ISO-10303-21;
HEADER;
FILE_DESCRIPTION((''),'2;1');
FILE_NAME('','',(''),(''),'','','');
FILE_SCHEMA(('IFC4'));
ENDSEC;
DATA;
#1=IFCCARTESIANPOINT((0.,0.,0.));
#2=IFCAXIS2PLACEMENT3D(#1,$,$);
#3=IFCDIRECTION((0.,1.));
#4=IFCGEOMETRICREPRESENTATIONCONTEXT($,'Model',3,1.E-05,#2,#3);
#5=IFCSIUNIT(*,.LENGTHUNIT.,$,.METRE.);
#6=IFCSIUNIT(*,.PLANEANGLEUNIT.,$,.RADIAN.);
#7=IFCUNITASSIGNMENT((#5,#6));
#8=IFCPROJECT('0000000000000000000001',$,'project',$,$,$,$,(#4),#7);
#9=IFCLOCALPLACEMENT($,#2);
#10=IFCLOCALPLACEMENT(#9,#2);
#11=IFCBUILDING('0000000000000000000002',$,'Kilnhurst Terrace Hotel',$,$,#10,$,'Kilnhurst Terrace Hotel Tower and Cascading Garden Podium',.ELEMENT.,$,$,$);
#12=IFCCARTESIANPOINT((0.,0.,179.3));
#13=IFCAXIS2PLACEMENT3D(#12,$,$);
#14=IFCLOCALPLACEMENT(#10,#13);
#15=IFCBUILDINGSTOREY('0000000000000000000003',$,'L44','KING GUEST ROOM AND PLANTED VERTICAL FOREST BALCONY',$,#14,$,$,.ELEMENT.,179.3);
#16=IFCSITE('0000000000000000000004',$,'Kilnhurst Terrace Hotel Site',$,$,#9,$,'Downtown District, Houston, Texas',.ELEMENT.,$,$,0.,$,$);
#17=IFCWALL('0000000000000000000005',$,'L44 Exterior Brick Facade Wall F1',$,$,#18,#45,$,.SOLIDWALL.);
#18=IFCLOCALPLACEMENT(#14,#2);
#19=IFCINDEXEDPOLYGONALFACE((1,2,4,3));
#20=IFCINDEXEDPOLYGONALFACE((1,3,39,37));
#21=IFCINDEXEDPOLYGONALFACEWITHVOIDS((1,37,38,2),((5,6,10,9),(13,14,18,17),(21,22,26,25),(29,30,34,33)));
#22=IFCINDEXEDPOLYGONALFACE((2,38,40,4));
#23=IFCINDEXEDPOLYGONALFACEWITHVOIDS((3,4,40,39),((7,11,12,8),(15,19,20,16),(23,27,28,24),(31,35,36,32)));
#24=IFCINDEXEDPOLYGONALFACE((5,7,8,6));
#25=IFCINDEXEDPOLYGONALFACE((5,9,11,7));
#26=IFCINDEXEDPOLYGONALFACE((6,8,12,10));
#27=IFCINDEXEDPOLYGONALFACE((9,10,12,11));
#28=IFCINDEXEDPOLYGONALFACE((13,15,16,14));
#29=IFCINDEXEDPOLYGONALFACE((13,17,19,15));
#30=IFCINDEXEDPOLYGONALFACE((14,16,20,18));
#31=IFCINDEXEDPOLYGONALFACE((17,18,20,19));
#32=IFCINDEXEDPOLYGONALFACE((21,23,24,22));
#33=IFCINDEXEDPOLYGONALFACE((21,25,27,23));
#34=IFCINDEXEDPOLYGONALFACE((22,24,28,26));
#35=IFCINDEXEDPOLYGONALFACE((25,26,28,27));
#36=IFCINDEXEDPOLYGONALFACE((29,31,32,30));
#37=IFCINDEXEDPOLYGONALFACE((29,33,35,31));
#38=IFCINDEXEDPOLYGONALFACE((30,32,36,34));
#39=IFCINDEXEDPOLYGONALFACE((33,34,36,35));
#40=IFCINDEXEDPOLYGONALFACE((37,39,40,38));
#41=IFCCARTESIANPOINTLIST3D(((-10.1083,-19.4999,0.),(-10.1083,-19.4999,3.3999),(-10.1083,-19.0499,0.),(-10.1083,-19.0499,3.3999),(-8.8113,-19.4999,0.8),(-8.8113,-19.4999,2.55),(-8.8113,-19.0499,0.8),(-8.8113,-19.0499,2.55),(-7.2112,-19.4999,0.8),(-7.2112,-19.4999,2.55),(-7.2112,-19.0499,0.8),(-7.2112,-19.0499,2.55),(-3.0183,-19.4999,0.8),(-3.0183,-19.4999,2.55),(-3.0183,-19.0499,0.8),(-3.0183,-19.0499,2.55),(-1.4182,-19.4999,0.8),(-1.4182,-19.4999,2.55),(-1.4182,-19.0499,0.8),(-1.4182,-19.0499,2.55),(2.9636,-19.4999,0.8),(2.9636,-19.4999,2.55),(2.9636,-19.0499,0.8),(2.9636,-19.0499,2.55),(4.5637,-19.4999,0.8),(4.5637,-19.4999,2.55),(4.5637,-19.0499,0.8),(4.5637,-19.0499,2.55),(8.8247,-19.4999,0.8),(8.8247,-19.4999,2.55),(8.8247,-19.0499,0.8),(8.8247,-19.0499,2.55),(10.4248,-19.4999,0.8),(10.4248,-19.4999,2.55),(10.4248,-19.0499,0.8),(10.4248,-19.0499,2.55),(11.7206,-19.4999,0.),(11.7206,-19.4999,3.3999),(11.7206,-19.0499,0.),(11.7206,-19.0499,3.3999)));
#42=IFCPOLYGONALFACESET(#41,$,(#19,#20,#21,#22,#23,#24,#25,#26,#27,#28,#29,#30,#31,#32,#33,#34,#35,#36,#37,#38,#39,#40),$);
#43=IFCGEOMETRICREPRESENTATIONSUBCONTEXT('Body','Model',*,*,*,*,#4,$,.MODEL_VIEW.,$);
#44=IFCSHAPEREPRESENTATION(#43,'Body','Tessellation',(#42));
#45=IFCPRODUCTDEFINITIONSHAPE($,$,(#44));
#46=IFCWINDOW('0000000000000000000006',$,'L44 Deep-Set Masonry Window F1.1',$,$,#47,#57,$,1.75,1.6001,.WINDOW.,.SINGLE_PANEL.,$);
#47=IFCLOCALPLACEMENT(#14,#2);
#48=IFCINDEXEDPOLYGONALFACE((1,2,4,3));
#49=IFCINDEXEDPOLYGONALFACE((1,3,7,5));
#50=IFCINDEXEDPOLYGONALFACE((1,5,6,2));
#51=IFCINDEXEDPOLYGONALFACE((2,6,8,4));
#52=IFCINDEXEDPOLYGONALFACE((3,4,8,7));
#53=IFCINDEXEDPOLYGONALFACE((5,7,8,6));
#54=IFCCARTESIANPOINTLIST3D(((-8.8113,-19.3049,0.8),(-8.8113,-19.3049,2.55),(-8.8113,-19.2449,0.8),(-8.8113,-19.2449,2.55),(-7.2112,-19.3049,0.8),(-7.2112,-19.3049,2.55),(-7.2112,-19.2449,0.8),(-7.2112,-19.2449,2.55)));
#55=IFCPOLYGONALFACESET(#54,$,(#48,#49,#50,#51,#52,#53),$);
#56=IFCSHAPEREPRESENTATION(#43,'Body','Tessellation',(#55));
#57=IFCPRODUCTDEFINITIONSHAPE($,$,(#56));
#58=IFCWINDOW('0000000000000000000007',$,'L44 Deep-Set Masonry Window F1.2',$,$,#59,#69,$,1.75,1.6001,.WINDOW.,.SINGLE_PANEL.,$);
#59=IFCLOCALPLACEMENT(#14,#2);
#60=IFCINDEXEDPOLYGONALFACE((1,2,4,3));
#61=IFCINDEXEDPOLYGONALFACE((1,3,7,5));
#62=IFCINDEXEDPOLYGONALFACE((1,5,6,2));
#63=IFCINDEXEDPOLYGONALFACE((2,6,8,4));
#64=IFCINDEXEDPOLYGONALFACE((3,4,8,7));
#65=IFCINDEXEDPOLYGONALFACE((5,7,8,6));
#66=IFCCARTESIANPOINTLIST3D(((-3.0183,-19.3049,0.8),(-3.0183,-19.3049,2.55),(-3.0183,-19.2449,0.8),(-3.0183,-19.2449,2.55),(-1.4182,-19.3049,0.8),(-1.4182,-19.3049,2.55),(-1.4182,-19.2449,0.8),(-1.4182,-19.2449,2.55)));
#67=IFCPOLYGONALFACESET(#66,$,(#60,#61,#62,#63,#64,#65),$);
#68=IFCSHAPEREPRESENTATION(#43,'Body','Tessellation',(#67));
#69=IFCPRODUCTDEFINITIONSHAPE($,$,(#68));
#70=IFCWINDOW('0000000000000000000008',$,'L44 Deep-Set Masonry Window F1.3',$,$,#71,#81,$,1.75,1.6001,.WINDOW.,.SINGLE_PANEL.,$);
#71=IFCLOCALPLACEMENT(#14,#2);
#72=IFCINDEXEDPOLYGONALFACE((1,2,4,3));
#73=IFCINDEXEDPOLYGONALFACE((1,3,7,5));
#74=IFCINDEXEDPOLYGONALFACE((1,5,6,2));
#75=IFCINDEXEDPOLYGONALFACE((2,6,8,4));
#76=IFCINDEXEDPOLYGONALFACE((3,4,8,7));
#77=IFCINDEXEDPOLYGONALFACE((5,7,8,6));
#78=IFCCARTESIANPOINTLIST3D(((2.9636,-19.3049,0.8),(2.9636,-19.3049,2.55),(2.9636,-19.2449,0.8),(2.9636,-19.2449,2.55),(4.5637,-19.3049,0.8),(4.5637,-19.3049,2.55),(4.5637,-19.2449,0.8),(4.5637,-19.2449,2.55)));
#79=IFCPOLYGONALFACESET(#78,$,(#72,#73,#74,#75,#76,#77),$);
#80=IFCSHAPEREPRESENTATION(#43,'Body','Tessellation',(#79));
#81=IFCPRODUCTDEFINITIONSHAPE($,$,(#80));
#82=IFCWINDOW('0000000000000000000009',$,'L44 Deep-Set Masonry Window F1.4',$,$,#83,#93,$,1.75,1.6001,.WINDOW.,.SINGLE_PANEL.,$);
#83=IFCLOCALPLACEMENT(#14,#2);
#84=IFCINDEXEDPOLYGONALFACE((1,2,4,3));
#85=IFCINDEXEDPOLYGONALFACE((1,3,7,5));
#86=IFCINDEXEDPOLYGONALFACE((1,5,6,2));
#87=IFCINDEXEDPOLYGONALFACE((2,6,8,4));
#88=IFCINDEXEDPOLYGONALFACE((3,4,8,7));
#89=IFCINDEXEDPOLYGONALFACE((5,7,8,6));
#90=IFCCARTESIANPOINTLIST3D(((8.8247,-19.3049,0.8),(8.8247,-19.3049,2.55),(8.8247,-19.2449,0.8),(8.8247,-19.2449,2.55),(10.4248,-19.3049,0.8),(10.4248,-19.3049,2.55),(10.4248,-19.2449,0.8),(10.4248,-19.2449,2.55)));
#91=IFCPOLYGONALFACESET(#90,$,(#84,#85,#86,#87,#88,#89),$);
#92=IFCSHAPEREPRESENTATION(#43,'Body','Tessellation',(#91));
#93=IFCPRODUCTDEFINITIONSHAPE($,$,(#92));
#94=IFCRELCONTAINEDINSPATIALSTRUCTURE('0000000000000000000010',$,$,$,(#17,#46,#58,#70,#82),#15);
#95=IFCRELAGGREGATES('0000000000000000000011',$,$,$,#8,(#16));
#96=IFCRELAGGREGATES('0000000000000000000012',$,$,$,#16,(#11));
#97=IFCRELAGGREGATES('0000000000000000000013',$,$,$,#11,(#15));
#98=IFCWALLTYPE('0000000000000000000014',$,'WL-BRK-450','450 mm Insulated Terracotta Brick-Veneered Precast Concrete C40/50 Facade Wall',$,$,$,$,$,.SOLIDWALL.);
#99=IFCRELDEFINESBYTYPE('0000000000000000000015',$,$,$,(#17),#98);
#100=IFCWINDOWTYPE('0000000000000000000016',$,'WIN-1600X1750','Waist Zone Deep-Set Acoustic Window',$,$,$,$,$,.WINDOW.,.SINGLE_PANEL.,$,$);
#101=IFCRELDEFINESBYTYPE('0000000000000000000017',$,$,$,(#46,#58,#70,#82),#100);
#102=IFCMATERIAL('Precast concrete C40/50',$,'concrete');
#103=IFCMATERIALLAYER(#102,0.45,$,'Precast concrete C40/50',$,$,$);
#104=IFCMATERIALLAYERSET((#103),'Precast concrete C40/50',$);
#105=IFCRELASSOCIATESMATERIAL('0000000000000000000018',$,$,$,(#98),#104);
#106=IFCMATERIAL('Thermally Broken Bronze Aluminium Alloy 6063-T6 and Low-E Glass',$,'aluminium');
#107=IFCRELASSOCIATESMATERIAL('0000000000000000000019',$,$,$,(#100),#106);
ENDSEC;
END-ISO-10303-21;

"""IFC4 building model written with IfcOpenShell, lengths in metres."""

from ifc_helpers import new_model, si_unit, direction, frame, frame_2d, origin, place, context, subcontext, project, spatial, rectangle, extrude, material, layer, layer_set, type_object, element, fill, save


model = new_model("IFC4")

# Units and contexts
model_context = context("Model", 3, precision=1e-05, world=origin(), true_north=direction((0.0, 1.0)))
body_context = subcontext(model_context, "Body", "Model", "MODEL_VIEW")
ifc_project = project(units=[si_unit("LENGTHUNIT", "METRE"), si_unit("PLANEANGLEUNIT", "RADIAN")], contexts=[model_context])

# Site, building, storey
site_placement = place(None, origin())
site = spatial("IfcSite", under=ifc_project, at=site_placement, Name="Kilnhurst Terrace Hotel Site", LongName="Downtown District, Houston, Texas", CompositionType="ELEMENT", RefElevation=0.0)
building_placement = place(site_placement, origin())
building = spatial("IfcBuilding", under=site, at=building_placement, Name="Kilnhurst Terrace Hotel", LongName="Kilnhurst Terrace Hotel Tower and Cascading Garden Podium", CompositionType="ELEMENT")
storey_placement = place(building_placement, frame((0.0, 0.0, 179.3)))
storey = spatial("IfcBuildingStorey", under=building, at=storey_placement, Name="L44", Description="KING GUEST ROOM AND PLANTED VERTICAL FOREST BALCONY", CompositionType="ELEMENT", Elevation=179.3)

# Shared definitions
ifc_material_1 = material(Name="Precast concrete C40/50", Category="concrete")
ifc_layer_1 = layer(ifc_material_1, 0.45, Name="Precast concrete C40/50")
ifc_layer_set_1 = layer_set([ifc_layer_1], Name="Precast concrete C40/50")
wall_type_1 = type_object("IfcWallType", Name="WL-BRK-450", Description="450 mm Insulated Terracotta Brick-Veneered Precast Concrete C40/50 Facade Wall", PredefinedType="SOLIDWALL", material=ifc_layer_set_1)

# Wall, openings, windows
wall_1_placement = place(storey_placement, frame((-10.1084, -19.2749, 0.0), z_axis=(0.0, 0.0, 1.0), x_axis=(1.0, 0.0, 0.0)))
wall_1 = element("IfcWall", 1, at=wall_1_placement, inside=storey, type_object=wall_type_1, Name="L44 Exterior Brick Facade Wall F1", PredefinedType="SOLIDWALL", context=body_context, shape_type="SweptSolid", body=[
    extrude(rectangle(XDim=21.8289, YDim=0.45, at=frame_2d((10.9146, 0.0))), origin(), (0.0, 0.0, 1.0), 3.3999),
])
opening_1_placement = place(wall_1_placement, frame((1.2971, 0.0, 0.8)))
opening_1 = element("IfcOpeningElement", 2, at=opening_1_placement, cuts=wall_1, PredefinedType="OPENING", context=body_context, shape_type="SweptSolid", body=[
    extrude(rectangle(XDim=1.6001, YDim=1.75, at=frame_2d((0.8, 0.875))), frame((0.0, 0.2349, 0.0), z_axis=(0.0, -1.0, 0.0), x_axis=(1.0, 0.0, 0.0)), (0.0, 0.0, 1.0), 0.47),
])
opening_2_placement = place(wall_1_placement, frame((7.0901, 0.0, 0.8)))
opening_2 = element("IfcOpeningElement", 3, at=opening_2_placement, cuts=wall_1, PredefinedType="OPENING", context=body_context, shape_type="SweptSolid", body=[
    extrude(rectangle(XDim=1.6001, YDim=1.75, at=frame_2d((0.8, 0.875))), frame((0.0, 0.2349, 0.0), z_axis=(0.0, -1.0, 0.0), x_axis=(1.0, 0.0, 0.0)), (0.0, 0.0, 1.0), 0.47),
])
opening_3_placement = place(wall_1_placement, frame((13.072, 0.0, 0.8)))
opening_3 = element("IfcOpeningElement", 4, at=opening_3_placement, cuts=wall_1, PredefinedType="OPENING", context=body_context, shape_type="SweptSolid", body=[
    extrude(rectangle(XDim=1.6001, YDim=1.75, at=frame_2d((0.8, 0.875))), frame((0.0, 0.2349, 0.0), z_axis=(0.0, -1.0, 0.0), x_axis=(1.0, 0.0, 0.0)), (0.0, 0.0, 1.0), 0.47),
])
opening_4_placement = place(wall_1_placement, frame((18.9331, 0.0, 0.8)))
opening_4 = element("IfcOpeningElement", 5, at=opening_4_placement, cuts=wall_1, PredefinedType="OPENING", context=body_context, shape_type="SweptSolid", body=[
    extrude(rectangle(XDim=1.6001, YDim=1.75, at=frame_2d((0.8, 0.875))), frame((0.0, 0.2349, 0.0), z_axis=(0.0, -1.0, 0.0), x_axis=(1.0, 0.0, 0.0)), (0.0, 0.0, 1.0), 0.47),
])
ifc_material_2 = material(Name="Thermally Broken Bronze Aluminium Alloy 6063-T6 and Low-E Glass", Category="aluminium")
window_type = type_object("IfcWindowType", Name="WIN-1600X1750", Description="Waist Zone Deep-Set Acoustic Window", PartitioningType="SINGLE_PANEL", PredefinedType="WINDOW", material=ifc_material_2)
window_1_placement = place(opening_1_placement, origin())
window_1 = element("IfcWindow", 6, at=window_1_placement, inside=storey, type_object=window_type, Name="L44 Deep-Set Masonry Window F1.1", OverallHeight=1.75, OverallWidth=1.6001, PartitioningType="SINGLE_PANEL", PredefinedType="WINDOW", context=body_context, shape_type="SweptSolid", body=[
    extrude(rectangle(XDim=1.6001, YDim=1.75, at=frame_2d((0.8, 0.875))), frame((0.0, 0.03, 0.0), z_axis=(0.0, -1.0, 0.0), x_axis=(1.0, 0.0, 0.0)), (0.0, 0.0, 1.0), 0.0601),
])
fill(opening_1, window_1)
window_2_placement = place(opening_2_placement, origin())
window_2 = element("IfcWindow", 7, at=window_2_placement, inside=storey, type_object=window_type, Name="L44 Deep-Set Masonry Window F1.2", OverallHeight=1.75, OverallWidth=1.6001, PartitioningType="SINGLE_PANEL", PredefinedType="WINDOW", context=body_context, shape_type="SweptSolid", body=[
    extrude(rectangle(XDim=1.6001, YDim=1.75, at=frame_2d((0.8, 0.875))), frame((0.0, 0.03, 0.0), z_axis=(0.0, -1.0, 0.0), x_axis=(1.0, 0.0, 0.0)), (0.0, 0.0, 1.0), 0.0601),
])
fill(opening_2, window_2)
window_3_placement = place(opening_3_placement, origin())
window_3 = element("IfcWindow", 8, at=window_3_placement, inside=storey, type_object=window_type, Name="L44 Deep-Set Masonry Window F1.3", OverallHeight=1.75, OverallWidth=1.6001, PartitioningType="SINGLE_PANEL", PredefinedType="WINDOW", context=body_context, shape_type="SweptSolid", body=[
    extrude(rectangle(XDim=1.6001, YDim=1.75, at=frame_2d((0.8, 0.875))), frame((0.0, 0.03, 0.0), z_axis=(0.0, -1.0, 0.0), x_axis=(1.0, 0.0, 0.0)), (0.0, 0.0, 1.0), 0.0601),
])
fill(opening_3, window_3)
window_4_placement = place(opening_4_placement, origin())
window_4 = element("IfcWindow", 9, at=window_4_placement, inside=storey, type_object=window_type, Name="L44 Deep-Set Masonry Window F1.4", OverallHeight=1.75, OverallWidth=1.6001, PartitioningType="SINGLE_PANEL", PredefinedType="WINDOW", context=body_context, shape_type="SweptSolid", body=[
    extrude(rectangle(XDim=1.6001, YDim=1.75, at=frame_2d((0.8, 0.875))), frame((0.0, 0.03, 0.0), z_axis=(0.0, -1.0, 0.0), x_axis=(1.0, 0.0, 0.0)), (0.0, 0.0, 1.0), 0.0601),
])
fill(opening_4, window_4)

save(model, "model.ifc")
